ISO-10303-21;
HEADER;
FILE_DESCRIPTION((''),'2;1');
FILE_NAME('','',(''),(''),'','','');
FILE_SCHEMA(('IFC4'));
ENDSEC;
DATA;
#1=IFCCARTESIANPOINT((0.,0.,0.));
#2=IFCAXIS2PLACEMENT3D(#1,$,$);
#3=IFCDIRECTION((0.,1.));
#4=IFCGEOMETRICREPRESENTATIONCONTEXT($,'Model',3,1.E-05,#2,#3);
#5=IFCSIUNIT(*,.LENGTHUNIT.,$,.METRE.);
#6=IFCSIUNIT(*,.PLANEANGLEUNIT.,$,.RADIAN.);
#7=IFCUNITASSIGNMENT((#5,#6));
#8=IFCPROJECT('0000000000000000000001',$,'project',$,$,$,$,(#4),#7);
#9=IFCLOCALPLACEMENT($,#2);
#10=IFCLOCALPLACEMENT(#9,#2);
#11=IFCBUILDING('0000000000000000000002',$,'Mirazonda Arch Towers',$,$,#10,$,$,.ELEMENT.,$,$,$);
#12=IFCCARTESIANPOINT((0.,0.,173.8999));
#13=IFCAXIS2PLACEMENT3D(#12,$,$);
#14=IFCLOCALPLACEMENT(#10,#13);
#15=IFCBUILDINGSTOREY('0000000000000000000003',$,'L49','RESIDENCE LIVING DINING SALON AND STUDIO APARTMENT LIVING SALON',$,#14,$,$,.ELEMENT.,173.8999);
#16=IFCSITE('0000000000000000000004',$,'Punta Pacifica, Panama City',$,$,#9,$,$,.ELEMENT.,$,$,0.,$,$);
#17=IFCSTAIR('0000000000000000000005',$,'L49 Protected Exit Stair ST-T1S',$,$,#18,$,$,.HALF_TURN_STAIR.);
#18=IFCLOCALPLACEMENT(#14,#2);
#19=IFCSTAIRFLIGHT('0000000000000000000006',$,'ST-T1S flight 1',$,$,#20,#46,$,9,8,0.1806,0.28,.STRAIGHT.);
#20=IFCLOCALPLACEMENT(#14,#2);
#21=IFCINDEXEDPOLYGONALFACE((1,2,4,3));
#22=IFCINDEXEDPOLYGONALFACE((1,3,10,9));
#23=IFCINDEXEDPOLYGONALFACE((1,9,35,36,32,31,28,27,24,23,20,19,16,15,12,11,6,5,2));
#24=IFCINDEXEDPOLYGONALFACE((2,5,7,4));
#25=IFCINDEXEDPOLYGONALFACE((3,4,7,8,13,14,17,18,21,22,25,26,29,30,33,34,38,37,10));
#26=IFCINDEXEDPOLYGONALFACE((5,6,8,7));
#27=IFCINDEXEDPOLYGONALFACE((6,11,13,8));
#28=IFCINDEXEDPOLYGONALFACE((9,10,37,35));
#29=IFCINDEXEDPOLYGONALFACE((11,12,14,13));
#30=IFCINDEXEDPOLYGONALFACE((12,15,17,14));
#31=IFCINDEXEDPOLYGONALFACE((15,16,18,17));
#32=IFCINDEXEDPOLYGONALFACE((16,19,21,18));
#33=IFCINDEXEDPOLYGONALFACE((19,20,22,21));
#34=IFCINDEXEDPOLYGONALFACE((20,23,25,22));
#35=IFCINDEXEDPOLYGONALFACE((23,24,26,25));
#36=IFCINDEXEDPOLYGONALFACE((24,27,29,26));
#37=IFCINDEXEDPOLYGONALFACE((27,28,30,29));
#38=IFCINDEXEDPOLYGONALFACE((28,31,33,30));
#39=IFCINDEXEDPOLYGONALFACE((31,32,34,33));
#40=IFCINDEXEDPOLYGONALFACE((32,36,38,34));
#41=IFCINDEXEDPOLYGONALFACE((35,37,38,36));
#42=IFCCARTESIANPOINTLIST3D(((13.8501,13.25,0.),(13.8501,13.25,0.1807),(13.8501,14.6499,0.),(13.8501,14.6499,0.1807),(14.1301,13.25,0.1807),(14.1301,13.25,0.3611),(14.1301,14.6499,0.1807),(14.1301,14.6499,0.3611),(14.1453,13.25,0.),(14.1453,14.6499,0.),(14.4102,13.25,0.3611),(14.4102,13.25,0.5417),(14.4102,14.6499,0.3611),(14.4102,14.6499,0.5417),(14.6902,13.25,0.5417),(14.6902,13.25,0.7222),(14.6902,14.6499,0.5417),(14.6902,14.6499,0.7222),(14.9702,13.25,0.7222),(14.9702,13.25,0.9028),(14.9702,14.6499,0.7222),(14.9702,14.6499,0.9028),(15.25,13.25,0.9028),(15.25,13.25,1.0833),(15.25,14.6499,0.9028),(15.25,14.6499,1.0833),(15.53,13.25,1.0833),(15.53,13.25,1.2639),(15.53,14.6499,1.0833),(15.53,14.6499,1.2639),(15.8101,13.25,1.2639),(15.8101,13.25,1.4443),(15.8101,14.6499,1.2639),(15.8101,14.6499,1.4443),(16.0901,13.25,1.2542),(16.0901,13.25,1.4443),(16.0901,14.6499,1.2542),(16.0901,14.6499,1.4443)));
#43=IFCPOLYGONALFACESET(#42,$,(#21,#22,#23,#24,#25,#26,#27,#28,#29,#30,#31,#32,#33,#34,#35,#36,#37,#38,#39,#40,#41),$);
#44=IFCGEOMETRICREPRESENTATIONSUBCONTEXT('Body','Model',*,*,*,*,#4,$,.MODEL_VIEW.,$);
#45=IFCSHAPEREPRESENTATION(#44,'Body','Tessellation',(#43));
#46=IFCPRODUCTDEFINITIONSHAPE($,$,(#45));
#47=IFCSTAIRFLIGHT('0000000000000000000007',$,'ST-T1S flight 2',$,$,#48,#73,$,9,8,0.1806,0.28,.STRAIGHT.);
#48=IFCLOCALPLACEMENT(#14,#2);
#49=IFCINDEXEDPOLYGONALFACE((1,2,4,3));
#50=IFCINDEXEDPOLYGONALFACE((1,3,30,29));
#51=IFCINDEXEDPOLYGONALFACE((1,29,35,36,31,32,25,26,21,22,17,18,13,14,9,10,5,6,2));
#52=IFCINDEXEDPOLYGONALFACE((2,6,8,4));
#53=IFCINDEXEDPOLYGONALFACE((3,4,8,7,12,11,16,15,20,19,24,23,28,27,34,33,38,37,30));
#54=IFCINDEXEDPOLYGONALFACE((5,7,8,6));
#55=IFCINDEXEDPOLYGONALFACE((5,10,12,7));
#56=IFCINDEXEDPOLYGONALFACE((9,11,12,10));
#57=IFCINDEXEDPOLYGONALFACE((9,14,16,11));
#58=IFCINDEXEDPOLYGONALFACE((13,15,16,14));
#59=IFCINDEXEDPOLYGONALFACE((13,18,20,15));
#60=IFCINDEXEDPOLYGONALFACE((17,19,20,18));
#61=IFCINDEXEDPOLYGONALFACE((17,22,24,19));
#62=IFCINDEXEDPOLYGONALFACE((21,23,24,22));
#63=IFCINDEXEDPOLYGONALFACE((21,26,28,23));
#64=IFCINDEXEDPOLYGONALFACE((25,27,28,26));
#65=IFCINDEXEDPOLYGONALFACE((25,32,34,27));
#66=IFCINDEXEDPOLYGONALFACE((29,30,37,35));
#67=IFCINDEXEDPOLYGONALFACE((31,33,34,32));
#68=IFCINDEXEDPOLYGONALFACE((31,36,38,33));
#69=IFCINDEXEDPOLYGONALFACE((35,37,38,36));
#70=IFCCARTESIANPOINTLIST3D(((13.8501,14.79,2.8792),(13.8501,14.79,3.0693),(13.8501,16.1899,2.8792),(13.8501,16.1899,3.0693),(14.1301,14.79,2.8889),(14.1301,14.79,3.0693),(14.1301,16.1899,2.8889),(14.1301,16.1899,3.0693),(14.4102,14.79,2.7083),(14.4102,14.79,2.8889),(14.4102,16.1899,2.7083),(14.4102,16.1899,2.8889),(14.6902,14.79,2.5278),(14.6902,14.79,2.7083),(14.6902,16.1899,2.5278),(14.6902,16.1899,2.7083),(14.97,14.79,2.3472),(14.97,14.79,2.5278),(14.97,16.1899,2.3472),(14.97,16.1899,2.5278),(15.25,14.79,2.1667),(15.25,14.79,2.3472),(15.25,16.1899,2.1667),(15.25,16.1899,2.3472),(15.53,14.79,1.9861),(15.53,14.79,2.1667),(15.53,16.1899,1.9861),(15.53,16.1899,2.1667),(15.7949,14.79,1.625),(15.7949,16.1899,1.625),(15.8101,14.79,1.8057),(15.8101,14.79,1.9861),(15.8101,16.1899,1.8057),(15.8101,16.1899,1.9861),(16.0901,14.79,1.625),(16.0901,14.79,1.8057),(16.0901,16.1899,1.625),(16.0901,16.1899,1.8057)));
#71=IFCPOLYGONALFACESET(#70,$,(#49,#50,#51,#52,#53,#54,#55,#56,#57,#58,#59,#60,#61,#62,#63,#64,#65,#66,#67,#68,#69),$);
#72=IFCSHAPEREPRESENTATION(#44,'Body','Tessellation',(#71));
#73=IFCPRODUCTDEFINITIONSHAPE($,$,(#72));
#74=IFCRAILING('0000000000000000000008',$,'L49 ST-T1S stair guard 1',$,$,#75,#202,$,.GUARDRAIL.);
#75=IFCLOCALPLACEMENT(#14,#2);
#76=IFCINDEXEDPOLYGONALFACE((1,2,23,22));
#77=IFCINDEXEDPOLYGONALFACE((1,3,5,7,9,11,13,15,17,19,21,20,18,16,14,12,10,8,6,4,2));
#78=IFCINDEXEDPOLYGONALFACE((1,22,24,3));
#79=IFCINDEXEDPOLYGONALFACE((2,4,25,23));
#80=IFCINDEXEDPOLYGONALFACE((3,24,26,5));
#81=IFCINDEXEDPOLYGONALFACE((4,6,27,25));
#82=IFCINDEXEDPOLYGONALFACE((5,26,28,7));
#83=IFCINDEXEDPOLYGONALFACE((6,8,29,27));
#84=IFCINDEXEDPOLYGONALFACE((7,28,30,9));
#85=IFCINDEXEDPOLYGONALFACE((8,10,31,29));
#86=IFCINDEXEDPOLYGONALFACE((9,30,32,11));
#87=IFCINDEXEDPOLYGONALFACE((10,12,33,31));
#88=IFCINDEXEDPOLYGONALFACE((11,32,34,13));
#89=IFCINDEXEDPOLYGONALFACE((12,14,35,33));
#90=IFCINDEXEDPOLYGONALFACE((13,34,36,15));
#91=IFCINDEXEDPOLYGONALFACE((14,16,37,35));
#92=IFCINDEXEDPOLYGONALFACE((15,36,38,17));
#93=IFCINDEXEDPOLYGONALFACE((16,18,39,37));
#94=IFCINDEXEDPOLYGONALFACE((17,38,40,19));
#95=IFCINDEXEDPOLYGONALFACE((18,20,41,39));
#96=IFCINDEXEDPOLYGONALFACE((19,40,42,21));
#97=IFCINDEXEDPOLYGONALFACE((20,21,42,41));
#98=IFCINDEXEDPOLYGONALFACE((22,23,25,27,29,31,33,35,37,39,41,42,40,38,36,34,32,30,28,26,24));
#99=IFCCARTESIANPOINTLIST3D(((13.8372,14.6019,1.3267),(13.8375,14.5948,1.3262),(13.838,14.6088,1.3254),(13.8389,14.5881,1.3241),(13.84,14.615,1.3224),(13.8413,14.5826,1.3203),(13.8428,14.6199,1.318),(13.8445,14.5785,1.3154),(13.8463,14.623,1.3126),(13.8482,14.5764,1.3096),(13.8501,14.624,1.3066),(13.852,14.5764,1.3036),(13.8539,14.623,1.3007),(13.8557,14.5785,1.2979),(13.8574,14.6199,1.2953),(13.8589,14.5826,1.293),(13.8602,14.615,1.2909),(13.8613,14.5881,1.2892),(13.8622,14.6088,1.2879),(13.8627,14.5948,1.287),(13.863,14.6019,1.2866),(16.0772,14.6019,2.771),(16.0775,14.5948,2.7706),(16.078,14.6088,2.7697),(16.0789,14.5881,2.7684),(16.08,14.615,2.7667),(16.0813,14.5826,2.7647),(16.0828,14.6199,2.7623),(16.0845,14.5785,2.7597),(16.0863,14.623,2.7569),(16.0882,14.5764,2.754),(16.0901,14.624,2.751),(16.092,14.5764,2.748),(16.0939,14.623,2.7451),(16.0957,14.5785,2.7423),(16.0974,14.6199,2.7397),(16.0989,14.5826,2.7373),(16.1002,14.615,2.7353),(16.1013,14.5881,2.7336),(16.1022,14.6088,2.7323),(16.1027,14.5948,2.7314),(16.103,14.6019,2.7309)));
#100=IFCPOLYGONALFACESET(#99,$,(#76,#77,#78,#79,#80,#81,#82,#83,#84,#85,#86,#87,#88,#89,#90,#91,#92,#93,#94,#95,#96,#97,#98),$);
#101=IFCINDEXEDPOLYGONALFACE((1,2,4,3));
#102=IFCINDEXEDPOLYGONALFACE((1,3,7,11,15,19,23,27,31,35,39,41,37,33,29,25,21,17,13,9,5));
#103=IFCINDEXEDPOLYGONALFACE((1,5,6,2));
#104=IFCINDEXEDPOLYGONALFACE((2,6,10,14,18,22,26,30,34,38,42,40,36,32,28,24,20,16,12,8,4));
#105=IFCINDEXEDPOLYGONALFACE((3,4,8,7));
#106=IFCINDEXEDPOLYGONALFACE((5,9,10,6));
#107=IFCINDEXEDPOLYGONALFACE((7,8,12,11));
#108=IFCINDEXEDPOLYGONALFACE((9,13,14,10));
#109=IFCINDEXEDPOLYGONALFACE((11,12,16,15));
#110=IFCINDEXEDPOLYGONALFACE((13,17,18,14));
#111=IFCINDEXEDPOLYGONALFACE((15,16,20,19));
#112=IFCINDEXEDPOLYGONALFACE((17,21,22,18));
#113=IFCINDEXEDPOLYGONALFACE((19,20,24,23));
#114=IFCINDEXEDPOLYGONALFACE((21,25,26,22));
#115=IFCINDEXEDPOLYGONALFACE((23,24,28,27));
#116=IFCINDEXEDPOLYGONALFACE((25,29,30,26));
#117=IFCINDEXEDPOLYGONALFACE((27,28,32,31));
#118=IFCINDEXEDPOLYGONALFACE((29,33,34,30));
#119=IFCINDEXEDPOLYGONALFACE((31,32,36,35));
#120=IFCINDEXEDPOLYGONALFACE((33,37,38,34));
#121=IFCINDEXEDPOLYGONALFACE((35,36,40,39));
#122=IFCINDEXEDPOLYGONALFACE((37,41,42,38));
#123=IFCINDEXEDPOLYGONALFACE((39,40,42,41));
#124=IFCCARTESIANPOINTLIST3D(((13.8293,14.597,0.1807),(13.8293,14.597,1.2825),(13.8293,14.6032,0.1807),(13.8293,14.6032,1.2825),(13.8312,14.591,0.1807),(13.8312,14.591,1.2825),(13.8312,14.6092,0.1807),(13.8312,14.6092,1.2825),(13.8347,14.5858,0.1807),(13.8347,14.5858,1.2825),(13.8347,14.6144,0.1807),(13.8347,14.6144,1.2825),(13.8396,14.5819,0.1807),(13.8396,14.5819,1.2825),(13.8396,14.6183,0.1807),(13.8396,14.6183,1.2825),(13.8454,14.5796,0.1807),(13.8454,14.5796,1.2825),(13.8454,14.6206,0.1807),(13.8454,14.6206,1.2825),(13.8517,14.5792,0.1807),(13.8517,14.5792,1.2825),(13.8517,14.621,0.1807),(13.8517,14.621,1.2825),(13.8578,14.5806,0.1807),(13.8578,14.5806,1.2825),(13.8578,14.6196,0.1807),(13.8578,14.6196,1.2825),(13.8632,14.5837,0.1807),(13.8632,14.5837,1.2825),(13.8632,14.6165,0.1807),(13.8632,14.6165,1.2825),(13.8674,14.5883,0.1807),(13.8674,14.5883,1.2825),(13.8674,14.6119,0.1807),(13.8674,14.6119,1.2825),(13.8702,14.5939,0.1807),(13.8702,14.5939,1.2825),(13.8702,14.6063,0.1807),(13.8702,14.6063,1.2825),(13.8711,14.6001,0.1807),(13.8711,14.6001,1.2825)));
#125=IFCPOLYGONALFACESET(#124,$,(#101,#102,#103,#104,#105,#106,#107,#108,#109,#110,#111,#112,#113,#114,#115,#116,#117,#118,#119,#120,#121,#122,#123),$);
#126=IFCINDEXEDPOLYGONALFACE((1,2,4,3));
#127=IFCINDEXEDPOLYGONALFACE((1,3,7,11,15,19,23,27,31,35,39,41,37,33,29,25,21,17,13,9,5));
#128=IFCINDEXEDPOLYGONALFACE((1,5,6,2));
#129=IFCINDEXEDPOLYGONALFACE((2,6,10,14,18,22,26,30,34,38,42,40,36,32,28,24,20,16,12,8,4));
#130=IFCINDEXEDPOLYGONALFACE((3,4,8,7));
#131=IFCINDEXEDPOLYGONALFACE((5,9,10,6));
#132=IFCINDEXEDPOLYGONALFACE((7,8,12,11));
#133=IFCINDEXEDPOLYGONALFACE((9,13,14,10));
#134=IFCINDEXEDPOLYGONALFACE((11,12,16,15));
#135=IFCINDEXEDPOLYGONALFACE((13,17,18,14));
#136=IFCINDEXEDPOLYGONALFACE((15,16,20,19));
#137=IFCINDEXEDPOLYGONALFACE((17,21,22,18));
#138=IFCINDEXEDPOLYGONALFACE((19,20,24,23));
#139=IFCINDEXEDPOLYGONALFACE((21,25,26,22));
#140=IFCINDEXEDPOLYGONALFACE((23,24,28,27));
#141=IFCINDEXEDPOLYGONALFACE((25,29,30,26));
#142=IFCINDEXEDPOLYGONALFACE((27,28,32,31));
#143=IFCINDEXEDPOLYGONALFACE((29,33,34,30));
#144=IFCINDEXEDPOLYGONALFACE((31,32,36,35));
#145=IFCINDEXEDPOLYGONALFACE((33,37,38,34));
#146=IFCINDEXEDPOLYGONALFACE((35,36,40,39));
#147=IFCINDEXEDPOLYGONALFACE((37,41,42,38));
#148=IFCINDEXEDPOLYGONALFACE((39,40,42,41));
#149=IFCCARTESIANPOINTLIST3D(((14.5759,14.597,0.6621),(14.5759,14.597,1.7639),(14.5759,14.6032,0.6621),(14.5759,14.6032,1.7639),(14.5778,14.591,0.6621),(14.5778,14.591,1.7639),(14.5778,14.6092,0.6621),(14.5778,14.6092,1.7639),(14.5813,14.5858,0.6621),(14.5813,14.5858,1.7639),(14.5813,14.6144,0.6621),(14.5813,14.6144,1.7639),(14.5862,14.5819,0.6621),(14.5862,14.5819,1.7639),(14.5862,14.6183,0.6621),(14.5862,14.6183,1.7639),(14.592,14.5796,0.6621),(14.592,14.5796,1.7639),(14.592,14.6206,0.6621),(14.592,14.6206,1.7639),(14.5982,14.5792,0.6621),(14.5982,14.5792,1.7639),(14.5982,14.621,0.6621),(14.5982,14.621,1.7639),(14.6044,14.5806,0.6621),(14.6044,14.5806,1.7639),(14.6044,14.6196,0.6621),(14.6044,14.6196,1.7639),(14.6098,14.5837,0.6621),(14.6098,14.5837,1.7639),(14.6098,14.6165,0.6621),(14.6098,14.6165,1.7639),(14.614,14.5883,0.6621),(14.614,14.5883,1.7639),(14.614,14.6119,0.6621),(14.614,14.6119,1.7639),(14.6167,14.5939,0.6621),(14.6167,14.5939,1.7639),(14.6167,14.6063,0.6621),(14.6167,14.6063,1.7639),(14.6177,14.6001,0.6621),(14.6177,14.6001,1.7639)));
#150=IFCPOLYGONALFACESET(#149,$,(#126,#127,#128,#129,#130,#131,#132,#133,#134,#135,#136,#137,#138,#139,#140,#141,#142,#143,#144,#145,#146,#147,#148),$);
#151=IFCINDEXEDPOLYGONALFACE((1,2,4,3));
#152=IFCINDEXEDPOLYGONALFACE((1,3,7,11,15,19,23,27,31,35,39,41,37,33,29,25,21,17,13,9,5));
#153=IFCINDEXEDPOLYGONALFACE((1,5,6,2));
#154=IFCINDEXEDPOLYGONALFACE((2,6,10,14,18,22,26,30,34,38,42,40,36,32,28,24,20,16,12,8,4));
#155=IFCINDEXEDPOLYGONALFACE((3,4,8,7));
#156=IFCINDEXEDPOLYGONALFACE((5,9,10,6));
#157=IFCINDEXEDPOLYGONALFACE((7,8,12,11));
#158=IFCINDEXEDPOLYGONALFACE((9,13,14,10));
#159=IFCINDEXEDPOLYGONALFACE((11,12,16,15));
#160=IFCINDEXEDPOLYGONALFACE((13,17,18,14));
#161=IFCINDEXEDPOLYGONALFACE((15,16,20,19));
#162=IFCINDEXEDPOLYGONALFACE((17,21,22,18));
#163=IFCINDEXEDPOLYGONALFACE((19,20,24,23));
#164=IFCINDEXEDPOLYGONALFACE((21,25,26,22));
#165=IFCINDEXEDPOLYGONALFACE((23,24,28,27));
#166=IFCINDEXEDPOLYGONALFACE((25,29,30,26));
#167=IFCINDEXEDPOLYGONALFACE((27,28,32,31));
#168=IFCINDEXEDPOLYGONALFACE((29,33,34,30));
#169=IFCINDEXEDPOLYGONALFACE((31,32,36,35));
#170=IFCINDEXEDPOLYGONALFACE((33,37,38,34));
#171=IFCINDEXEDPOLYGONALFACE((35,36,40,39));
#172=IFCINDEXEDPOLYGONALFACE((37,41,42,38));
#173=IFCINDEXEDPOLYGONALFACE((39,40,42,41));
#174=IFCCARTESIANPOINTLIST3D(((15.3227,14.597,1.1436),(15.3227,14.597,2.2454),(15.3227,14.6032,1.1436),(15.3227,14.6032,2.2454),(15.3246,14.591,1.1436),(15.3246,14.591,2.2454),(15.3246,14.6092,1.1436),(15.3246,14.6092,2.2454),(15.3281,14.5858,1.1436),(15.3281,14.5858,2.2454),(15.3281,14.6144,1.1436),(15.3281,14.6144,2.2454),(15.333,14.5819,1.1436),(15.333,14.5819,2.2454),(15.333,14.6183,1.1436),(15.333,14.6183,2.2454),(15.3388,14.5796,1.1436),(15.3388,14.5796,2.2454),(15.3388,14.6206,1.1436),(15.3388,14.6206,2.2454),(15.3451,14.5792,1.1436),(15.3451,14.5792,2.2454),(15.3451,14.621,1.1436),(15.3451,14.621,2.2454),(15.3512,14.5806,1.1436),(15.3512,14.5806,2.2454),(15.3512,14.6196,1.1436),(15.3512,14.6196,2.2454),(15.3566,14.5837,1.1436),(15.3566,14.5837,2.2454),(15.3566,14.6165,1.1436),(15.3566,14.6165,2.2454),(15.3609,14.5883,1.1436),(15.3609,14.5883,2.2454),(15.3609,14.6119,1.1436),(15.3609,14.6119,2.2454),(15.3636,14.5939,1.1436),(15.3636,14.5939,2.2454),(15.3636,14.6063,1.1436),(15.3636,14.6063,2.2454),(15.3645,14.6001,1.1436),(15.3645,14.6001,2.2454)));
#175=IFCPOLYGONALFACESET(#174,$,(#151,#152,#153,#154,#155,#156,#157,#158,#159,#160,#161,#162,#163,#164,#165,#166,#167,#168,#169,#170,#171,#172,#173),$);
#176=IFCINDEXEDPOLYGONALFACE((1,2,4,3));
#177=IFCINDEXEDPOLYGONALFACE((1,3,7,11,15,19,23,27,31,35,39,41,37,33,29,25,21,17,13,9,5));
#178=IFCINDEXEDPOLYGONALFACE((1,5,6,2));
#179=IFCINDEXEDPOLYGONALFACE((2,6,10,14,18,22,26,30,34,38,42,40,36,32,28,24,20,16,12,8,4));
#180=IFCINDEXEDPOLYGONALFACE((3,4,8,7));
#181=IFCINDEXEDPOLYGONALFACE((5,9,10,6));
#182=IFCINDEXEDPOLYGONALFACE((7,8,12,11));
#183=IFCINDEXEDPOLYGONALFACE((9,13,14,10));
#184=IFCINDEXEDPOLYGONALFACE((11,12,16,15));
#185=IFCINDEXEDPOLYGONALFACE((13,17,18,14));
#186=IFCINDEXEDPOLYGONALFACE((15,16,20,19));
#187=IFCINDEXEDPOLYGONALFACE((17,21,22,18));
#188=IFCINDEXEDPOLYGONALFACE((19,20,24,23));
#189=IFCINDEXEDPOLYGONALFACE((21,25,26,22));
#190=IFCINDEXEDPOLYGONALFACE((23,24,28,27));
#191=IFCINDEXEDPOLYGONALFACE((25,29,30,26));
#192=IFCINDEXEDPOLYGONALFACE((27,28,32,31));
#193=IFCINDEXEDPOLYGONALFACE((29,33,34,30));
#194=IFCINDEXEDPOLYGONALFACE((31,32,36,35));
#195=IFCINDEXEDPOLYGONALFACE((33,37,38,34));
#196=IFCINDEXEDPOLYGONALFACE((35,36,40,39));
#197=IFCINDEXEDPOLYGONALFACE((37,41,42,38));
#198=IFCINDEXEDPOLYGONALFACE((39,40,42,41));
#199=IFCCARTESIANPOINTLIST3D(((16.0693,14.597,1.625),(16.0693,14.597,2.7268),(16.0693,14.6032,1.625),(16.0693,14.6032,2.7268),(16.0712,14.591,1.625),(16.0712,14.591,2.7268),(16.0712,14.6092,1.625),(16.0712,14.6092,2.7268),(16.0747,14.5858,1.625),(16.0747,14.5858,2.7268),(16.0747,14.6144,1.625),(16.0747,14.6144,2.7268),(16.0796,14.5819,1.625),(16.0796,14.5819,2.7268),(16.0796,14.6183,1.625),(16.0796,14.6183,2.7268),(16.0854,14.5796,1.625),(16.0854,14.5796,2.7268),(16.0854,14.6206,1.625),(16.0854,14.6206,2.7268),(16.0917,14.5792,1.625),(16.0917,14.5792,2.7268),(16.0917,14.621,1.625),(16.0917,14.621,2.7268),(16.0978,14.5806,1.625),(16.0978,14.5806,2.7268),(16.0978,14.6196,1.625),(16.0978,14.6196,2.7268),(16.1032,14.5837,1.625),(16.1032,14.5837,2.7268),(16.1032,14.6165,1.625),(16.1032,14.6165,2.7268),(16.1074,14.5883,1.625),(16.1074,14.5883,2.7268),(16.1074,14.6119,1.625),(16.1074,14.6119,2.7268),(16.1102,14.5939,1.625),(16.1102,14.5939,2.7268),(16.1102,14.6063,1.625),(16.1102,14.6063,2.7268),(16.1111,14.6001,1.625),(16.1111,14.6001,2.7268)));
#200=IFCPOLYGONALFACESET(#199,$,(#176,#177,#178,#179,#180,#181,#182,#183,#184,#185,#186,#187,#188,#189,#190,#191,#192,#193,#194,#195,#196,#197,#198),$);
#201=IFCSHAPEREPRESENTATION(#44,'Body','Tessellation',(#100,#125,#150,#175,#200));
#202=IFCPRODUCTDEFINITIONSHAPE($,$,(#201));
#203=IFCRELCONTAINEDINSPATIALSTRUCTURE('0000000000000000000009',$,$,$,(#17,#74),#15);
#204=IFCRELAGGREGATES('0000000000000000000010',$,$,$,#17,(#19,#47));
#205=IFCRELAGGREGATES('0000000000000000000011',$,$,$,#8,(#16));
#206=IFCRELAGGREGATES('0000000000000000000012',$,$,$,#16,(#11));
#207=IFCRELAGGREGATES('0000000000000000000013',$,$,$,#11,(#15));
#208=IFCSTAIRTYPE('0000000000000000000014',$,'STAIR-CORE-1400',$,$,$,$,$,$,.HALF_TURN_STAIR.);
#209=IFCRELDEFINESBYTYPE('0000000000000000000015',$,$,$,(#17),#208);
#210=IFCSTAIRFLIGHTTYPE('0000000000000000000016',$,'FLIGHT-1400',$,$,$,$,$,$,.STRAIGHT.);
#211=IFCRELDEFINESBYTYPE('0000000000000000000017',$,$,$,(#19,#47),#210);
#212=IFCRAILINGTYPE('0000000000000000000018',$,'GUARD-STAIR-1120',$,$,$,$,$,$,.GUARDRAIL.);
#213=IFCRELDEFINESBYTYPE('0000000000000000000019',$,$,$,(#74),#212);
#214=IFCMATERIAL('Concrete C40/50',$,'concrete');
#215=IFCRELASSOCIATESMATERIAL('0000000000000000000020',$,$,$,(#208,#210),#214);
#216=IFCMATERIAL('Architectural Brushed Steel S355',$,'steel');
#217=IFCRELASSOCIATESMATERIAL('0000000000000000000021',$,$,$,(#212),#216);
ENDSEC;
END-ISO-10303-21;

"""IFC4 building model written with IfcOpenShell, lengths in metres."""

from ifc_helpers import new_model, si_unit, direction, frame, origin, origin_2d, place, context, subcontext, project, spatial, polyline, circle, outline, extrude, material, type_object, element, aggregate, save


model = new_model("IFC4")

# Units and contexts
model_context = context("Model", 3, precision=1e-05, world=origin(), true_north=direction((0.0, 1.0)))
body_context = subcontext(model_context, "Body", "Model", "MODEL_VIEW")
ifc_project = project(units=[si_unit("LENGTHUNIT", "METRE"), si_unit("PLANEANGLEUNIT", "RADIAN")], contexts=[model_context])

# Site, building, storey
site_placement = place(None, origin())
site = spatial("IfcSite", under=ifc_project, at=site_placement, Name="Punta Pacifica, Panama City", CompositionType="ELEMENT", RefElevation=0.0)
building_placement = place(site_placement, origin())
building = spatial("IfcBuilding", under=site, at=building_placement, Name="Mirazonda Arch Towers", CompositionType="ELEMENT")
storey_placement = place(building_placement, frame((0.0, 0.0, 173.8999)))
storey = spatial("IfcBuildingStorey", under=building, at=storey_placement, Name="L49", Description="RESIDENCE LIVING DINING SALON AND STUDIO APARTMENT LIVING SALON", CompositionType="ELEMENT", Elevation=173.8999)

# Shared definitions
ifc_material_1 = material(Name="Concrete C40/50", Category="concrete")

# Shared definitions
ifc_material_2 = material(Name="Architectural Brushed Steel S355", Category="steel")

# Stair, stair flights
stair_type = type_object("IfcStairType", Name="STAIR-CORE-1400", PredefinedType="HALF_TURN_STAIR", material=ifc_material_1)
stair_placement = place(storey_placement, origin())
stair = element("IfcStair", 1, at=stair_placement, inside=storey, type_object=stair_type, Name="L49 Protected Exit Stair ST-T1S", PredefinedType="HALF_TURN_STAIR")
stair_flight_type = type_object("IfcStairFlightType", Name="FLIGHT-1400", PredefinedType="STRAIGHT", material=ifc_material_1)
stair_flight_1_placement = place(storey_placement, frame((13.8501, 13.95, 0.0), z_axis=(0.0, 0.0, 1.0), x_axis=(1.0, 0.0, 0.0)))
stair_flight_1 = element("IfcStairFlight", 2, at=stair_flight_1_placement, type_object=stair_flight_type, Name="ST-T1S flight 1", NumberOfRisers=9, NumberOfTreads=8, PredefinedType="STRAIGHT", RiserHeight=0.1806, TreadLength=0.28, context=body_context, shape_type="SweptSolid", body=[
    extrude(outline(polyline([(0.0, 0.0), (0.0, 0.1807), (0.28, 0.1807), (0.28, 0.3611), (0.5601, 0.3611), (0.5601, 0.5417), (0.8401, 0.5417), (0.8401, 0.7222), (1.1201, 0.7222), (1.1201, 0.9028), (1.3999, 0.9028), (1.3999, 1.0833), (1.6799, 1.0833), (1.6799, 1.2639), (1.96, 1.2639), (1.96, 1.4443), (2.24, 1.4443), (2.24, 1.625), (2.24, 1.2542), (0.2952, 0.0), (0.0, 0.0)])), frame((0.0, 0.7, 0.0), z_axis=(0.0, -1.0, 0.0), x_axis=(1.0, 0.0, 0.0)), (0.0, 0.0, 1.0), 1.3999),
])
stair_flight_2_placement = place(storey_placement, frame((16.0901, 15.49, 1.625), z_axis=(0.0, 0.0, 1.0), x_axis=(-1.0, 0.0, 0.0)))
stair_flight_2 = element("IfcStairFlight", 3, at=stair_flight_2_placement, type_object=stair_flight_type, Name="ST-T1S flight 2", NumberOfRisers=9, NumberOfTreads=8, PredefinedType="STRAIGHT", RiserHeight=0.1806, TreadLength=0.28, context=body_context, shape_type="SweptSolid", body=[
    extrude(outline(polyline([(0.0, 0.0), (0.0, 0.1807), (0.28, 0.1807), (0.28, 0.3611), (0.5601, 0.3611), (0.5601, 0.5417), (0.8401, 0.5417), (0.8401, 0.7222), (1.1201, 0.7222), (1.1201, 0.9028), (1.3999, 0.9028), (1.3999, 1.0833), (1.6799, 1.0833), (1.6799, 1.2639), (1.96, 1.2639), (1.96, 1.4443), (2.24, 1.4443), (2.24, 1.625), (2.24, 1.2542), (0.2952, 0.0), (0.0, 0.0)])), frame((0.0, 0.7, 0.0), z_axis=(0.0, -1.0, 0.0), x_axis=(1.0, 0.0, 0.0)), (0.0, 0.0, 1.0), 1.3999),
])
aggregate(stair, [stair_flight_1, stair_flight_2])

# Railing
railing_type_1 = type_object("IfcRailingType", Name="GUARD-STAIR-1120", PredefinedType="GUARDRAIL", material=ifc_material_2)
railing_1_placement = place(storey_placement, frame((13.8501, 14.6001, 0.1807)))
element("IfcRailing", 4, at=railing_1_placement, inside=storey, type_object=railing_type_1, Name="L49 ST-T1S stair guard 1", PredefinedType="GUARDRAIL", context=body_context, shape_type="SweptSolid", body=[
    extrude(circle(Radius=0.0239, at=origin_2d()), frame((0.0, 0.0, 1.126), z_axis=(0.840437, 0.0, 0.54191), x_axis=(0.0, 1.0, 0.0)), (0.0, 0.0, 1.0), 2.6653),
    extrude(circle(Radius=0.021, at=origin_2d()), origin(), (0.0, 0.0, 1.0), 1.1018),
    extrude(circle(Radius=0.021, at=origin_2d()), frame((0.7466, 0.0, 0.4814)), (0.0, 0.0, 1.0), 1.1018),
    extrude(circle(Radius=0.021, at=origin_2d()), frame((1.4934, 0.0, 0.9629)), (0.0, 0.0, 1.0), 1.1018),
    extrude(circle(Radius=0.021, at=origin_2d()), frame((2.24, 0.0, 1.4443)), (0.0, 0.0, 1.0), 1.1018),
])

save(model, "model.ifc")
